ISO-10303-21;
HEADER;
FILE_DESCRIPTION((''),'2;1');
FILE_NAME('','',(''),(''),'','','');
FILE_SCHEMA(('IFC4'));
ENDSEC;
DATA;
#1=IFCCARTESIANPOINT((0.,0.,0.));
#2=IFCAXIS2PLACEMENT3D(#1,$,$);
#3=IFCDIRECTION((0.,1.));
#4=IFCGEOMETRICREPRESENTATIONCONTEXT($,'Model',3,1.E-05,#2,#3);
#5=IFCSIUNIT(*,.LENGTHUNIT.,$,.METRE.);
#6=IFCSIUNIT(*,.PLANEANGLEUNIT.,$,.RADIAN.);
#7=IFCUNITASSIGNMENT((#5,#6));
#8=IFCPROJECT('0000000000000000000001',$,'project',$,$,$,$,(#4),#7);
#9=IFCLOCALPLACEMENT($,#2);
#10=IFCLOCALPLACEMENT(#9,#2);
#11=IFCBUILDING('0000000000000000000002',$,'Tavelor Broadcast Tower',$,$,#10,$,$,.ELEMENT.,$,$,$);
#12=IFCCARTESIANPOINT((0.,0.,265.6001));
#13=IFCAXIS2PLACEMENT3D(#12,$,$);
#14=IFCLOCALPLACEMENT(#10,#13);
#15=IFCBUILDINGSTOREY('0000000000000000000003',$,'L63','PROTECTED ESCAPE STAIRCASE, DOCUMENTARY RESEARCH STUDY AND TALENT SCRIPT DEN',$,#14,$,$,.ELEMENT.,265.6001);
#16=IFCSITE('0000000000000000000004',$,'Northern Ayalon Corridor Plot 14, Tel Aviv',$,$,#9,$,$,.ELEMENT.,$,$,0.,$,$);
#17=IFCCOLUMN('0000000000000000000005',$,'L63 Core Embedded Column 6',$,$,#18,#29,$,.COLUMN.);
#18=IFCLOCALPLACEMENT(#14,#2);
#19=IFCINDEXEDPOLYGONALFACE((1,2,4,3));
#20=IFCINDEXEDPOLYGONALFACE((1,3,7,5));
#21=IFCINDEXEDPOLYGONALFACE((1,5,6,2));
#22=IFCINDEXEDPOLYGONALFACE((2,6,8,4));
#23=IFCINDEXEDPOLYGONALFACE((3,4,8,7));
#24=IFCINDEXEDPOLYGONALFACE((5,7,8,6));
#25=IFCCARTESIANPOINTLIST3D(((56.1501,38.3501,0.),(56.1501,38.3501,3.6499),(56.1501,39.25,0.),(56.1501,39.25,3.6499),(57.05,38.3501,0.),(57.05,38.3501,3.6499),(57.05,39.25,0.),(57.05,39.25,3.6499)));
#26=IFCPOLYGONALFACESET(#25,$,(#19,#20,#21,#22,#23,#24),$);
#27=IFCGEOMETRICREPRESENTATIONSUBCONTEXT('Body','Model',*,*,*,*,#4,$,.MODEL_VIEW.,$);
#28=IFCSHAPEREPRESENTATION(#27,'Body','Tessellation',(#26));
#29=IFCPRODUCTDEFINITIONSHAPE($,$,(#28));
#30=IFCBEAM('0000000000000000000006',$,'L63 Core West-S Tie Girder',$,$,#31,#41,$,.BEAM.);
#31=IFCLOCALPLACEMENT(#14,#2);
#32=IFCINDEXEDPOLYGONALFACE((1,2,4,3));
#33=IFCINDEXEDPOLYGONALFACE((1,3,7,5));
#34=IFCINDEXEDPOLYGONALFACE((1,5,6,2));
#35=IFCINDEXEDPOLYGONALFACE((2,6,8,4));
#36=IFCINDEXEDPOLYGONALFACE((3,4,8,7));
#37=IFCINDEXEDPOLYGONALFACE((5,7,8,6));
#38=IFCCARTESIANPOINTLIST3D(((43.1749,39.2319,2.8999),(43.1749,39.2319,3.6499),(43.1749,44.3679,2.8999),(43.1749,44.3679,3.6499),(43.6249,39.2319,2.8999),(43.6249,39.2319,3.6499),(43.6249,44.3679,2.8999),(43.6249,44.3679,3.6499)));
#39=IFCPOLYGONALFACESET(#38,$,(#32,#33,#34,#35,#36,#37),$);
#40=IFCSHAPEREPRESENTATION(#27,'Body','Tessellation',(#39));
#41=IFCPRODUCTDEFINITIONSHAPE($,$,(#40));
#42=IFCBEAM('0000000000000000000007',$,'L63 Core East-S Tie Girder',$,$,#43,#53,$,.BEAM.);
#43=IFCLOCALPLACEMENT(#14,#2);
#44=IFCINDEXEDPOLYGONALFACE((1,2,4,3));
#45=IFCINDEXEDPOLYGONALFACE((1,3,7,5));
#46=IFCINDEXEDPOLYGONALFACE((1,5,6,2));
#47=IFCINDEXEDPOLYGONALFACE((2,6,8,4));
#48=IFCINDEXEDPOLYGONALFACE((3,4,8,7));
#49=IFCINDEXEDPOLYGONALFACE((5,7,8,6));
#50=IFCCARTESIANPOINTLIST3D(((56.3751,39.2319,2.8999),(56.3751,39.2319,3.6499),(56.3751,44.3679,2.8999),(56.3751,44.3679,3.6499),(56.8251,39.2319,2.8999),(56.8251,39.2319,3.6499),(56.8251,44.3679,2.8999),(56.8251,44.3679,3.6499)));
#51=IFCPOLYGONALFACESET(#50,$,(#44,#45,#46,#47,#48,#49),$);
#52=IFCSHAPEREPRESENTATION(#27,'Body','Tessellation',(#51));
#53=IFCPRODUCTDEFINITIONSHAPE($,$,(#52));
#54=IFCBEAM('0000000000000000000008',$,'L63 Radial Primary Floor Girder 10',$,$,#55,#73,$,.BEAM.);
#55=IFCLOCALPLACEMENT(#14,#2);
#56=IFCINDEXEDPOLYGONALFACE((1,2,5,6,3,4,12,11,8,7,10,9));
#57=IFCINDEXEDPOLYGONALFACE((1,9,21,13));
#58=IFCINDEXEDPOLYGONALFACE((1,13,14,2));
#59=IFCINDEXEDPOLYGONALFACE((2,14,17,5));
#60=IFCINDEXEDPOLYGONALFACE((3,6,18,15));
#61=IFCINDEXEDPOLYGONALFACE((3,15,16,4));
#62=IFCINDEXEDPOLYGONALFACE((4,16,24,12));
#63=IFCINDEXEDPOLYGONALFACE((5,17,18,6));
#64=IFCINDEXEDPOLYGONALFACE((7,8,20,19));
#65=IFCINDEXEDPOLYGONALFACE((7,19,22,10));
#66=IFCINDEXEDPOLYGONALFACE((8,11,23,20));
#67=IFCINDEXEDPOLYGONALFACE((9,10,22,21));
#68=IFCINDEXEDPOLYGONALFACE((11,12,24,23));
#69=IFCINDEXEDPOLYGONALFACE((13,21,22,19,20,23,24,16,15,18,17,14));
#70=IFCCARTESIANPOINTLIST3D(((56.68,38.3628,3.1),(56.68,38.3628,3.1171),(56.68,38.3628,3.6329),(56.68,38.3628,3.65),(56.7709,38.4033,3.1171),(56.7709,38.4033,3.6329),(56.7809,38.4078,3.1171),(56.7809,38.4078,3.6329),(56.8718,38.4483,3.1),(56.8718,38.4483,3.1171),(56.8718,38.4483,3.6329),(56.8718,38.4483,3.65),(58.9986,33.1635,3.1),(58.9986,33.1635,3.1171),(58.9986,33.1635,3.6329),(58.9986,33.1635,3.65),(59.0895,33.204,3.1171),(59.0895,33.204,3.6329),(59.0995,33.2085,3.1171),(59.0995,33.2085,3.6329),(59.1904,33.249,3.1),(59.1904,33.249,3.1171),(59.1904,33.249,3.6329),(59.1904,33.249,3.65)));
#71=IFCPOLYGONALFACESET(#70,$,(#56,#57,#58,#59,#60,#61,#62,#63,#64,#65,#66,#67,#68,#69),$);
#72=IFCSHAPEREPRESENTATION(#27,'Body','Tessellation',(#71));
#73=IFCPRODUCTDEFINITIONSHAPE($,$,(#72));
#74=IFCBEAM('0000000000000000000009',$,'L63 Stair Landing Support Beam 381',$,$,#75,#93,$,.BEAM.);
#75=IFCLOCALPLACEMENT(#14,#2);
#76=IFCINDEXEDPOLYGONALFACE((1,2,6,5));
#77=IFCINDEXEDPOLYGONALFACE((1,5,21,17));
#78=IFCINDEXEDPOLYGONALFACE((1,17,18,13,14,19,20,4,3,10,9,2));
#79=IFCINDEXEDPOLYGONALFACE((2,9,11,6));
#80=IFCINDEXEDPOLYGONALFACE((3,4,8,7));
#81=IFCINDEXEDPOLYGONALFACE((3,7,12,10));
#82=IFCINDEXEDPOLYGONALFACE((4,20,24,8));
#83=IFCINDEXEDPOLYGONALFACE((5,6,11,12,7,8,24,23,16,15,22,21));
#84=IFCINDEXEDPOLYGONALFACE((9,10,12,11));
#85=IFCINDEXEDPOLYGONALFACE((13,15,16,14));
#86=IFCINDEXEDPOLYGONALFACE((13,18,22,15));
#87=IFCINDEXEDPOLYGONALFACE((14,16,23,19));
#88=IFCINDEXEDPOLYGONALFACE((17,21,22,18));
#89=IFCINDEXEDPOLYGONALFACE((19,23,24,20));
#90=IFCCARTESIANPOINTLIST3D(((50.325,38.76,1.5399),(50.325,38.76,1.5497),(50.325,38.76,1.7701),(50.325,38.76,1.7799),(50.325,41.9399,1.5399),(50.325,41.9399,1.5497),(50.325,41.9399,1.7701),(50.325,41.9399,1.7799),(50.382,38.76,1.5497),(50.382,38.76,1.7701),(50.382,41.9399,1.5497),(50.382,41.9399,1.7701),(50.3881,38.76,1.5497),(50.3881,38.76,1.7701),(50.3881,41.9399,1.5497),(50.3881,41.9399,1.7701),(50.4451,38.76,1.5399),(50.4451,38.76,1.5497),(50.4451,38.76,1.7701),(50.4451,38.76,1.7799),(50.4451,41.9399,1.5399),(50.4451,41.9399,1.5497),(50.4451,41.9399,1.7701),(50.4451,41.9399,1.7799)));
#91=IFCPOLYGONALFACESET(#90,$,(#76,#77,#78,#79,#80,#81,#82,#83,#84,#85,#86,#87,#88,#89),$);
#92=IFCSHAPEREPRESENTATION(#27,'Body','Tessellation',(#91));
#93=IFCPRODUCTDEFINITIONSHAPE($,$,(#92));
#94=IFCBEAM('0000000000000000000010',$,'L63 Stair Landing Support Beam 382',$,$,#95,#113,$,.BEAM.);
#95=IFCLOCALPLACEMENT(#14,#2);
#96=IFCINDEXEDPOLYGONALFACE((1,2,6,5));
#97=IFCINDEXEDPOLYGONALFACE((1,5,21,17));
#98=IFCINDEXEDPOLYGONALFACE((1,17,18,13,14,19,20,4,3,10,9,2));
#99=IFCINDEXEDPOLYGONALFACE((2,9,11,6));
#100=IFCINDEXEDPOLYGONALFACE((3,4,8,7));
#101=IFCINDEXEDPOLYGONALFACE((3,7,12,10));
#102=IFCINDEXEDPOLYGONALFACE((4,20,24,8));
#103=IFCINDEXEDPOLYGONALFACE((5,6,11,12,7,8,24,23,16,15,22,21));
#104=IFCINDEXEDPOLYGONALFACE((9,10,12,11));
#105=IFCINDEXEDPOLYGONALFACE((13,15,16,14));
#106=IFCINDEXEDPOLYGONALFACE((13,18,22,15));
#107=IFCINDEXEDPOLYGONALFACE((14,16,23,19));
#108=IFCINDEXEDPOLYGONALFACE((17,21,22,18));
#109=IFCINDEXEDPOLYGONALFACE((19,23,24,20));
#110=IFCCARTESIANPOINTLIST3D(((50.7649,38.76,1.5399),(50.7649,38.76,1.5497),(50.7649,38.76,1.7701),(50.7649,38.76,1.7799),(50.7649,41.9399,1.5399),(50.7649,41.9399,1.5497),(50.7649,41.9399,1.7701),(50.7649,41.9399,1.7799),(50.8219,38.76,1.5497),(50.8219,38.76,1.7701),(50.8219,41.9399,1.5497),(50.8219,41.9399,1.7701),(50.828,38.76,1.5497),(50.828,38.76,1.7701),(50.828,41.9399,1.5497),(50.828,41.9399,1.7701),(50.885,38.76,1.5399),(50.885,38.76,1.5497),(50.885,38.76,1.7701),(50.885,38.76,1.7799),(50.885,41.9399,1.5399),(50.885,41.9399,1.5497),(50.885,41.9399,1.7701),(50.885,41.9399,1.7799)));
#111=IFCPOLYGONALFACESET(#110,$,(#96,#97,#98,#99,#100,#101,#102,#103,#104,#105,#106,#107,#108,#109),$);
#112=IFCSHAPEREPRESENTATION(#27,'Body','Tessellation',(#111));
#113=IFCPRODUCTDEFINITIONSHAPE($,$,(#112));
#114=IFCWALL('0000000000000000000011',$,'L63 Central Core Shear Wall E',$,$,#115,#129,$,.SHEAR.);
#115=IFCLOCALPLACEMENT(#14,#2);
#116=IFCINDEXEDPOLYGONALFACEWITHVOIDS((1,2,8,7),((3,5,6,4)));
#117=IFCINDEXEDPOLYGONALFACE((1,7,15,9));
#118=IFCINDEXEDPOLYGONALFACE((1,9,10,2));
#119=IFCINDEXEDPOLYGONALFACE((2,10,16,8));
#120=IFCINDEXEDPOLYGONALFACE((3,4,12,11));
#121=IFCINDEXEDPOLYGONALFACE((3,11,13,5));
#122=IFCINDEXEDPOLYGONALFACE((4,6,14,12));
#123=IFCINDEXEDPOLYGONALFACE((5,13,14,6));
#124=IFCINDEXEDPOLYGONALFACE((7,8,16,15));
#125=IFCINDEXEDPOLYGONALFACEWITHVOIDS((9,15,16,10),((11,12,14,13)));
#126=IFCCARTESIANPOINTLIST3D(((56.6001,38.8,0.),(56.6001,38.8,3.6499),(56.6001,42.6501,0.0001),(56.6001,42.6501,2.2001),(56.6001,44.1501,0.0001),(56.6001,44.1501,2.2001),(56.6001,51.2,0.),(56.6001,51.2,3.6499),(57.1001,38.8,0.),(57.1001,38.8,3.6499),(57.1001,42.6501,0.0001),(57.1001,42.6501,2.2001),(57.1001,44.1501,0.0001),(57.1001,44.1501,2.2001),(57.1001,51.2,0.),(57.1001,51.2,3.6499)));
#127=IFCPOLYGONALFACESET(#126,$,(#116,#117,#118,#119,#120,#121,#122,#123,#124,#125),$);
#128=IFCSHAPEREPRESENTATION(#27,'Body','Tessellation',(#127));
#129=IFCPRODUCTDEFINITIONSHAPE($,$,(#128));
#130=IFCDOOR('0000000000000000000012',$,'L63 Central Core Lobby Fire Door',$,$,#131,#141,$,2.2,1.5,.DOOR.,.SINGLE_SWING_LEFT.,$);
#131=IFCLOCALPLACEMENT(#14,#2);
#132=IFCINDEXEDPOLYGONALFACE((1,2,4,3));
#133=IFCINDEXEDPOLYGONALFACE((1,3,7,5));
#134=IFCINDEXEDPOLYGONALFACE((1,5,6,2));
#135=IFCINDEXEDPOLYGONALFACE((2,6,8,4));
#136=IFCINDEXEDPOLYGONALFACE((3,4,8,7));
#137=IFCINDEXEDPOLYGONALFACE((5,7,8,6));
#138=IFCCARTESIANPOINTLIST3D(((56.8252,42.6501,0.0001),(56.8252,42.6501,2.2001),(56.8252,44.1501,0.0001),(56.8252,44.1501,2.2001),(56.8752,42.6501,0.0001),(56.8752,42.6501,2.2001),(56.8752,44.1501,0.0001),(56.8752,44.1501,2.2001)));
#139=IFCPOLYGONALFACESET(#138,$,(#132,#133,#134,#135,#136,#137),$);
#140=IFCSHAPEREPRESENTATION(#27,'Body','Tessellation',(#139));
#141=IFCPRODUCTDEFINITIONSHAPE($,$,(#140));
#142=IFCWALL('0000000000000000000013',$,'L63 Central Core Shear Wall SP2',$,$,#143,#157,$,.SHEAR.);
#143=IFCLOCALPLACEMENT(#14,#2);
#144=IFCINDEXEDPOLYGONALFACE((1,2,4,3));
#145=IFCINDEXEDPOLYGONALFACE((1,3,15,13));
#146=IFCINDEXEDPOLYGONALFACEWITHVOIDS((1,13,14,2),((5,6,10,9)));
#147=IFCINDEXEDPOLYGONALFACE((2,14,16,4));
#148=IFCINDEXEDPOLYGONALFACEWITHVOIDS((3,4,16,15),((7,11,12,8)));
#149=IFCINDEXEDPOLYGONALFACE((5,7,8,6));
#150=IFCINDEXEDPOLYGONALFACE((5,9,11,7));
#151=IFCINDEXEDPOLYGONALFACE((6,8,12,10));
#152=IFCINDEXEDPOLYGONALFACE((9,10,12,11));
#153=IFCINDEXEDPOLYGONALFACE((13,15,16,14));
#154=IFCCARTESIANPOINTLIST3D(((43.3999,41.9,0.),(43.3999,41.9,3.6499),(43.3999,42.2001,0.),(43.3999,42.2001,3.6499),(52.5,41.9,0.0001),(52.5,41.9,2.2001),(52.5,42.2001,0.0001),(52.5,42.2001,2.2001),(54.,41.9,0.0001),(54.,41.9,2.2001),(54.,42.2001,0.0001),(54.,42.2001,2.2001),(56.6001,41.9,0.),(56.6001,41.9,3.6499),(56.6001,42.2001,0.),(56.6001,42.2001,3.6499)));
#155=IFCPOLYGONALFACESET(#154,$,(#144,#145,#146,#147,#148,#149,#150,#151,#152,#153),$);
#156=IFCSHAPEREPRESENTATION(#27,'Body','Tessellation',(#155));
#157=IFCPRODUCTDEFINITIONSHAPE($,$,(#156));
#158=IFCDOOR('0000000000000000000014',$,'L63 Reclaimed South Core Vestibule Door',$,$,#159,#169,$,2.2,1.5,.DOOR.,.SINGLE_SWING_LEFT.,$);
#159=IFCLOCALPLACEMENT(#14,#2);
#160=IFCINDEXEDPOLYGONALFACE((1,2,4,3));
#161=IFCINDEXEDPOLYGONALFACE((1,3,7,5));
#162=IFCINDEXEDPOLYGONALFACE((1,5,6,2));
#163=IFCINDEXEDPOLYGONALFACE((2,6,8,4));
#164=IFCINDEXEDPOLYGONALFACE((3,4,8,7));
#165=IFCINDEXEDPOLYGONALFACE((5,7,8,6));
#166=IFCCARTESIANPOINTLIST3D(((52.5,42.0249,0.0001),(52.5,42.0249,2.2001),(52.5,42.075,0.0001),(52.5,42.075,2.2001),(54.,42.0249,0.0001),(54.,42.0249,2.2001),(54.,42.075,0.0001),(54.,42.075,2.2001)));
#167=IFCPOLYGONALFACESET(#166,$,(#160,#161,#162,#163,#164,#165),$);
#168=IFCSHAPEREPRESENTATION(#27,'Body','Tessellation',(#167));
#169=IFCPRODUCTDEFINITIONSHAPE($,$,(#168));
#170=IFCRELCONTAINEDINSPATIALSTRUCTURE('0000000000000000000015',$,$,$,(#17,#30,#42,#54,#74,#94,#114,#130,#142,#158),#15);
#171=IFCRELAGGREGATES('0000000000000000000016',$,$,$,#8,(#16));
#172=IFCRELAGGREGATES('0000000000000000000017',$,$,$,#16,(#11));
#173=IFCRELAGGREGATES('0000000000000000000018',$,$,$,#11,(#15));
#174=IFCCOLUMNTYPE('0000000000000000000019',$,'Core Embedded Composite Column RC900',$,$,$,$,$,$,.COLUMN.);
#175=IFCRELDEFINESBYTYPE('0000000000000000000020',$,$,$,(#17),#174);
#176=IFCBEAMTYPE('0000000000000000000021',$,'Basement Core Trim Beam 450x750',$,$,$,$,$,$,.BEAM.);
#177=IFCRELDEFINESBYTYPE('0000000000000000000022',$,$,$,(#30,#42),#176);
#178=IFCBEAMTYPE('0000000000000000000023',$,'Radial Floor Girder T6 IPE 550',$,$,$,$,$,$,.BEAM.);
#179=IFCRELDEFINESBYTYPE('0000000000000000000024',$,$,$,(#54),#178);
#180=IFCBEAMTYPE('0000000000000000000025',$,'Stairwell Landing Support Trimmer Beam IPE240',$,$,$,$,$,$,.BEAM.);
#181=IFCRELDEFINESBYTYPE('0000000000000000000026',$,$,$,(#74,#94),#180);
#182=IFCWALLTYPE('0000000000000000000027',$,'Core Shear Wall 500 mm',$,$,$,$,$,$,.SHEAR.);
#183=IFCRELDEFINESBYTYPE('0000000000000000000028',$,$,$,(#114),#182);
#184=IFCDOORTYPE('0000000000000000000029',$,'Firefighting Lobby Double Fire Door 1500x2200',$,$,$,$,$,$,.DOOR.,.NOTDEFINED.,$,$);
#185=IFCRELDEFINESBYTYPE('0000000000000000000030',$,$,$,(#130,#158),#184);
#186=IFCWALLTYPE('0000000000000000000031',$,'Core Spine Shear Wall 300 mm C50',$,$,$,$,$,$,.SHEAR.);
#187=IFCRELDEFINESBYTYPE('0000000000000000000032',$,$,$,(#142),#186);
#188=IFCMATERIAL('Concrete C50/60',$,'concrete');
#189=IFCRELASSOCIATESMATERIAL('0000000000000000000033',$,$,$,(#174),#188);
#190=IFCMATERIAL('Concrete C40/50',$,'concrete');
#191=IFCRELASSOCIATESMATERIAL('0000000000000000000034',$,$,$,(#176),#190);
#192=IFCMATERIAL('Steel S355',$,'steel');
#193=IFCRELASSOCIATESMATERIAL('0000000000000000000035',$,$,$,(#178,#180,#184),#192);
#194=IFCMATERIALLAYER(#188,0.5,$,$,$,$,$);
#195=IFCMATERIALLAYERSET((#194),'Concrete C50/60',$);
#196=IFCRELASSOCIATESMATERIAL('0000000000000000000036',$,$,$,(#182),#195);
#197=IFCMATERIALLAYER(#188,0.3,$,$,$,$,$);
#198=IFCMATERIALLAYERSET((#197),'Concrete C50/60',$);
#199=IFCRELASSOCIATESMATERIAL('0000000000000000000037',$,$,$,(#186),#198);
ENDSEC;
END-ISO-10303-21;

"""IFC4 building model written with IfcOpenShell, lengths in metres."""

from ifc_helpers import new_model, si_unit, direction, frame, frame_2d, origin, origin_2d, place, context, subcontext, project, spatial, rectangle, i_section, extrude, material, layer, layer_set, material_profile, profile_set, type_object, element, fill, save


model = new_model("IFC4")

# Units and contexts
model_context = context("Model", 3, precision=1e-05, world=origin(), true_north=direction((0.0, 1.0)))
body_context = subcontext(model_context, "Body", "Model", "MODEL_VIEW")
ifc_project = project(units=[si_unit("LENGTHUNIT", "METRE"), si_unit("PLANEANGLEUNIT", "RADIAN")], contexts=[model_context])

# Site, building, storey
site_placement = place(None, origin())
site = spatial("IfcSite", under=ifc_project, at=site_placement, Name="Northern Ayalon Corridor Plot 14, Tel Aviv", CompositionType="ELEMENT", RefElevation=0.0)
building_placement = place(site_placement, origin())
building = spatial("IfcBuilding", under=site, at=building_placement, Name="Tavelor Broadcast Tower", CompositionType="ELEMENT")
storey_placement = place(building_placement, frame((0.0, 0.0, 265.6001)))
storey = spatial("IfcBuildingStorey", under=building, at=storey_placement, Name="L63", Description="PROTECTED ESCAPE STAIRCASE, DOCUMENTARY RESEARCH STUDY AND TALENT SCRIPT DEN", CompositionType="ELEMENT", Elevation=265.6001)

# Column
ifc_material_1 = material(Name="Concrete C50/60", Category="concrete")
ifc_material_profile_1 = material_profile(ifc_material_1, rectangle(XDim=0.8999, YDim=0.8999, at=origin_2d()), Name="RC 900x900")
ifc_profile_set_1 = profile_set([ifc_material_profile_1], Name="Concrete C50/60")
column_type = type_object("IfcColumnType", Name="Core Embedded Composite Column RC900", PredefinedType="COLUMN", material=ifc_profile_set_1)
column_placement = place(storey_placement, frame((56.6001, 38.8, 0.0), z_axis=(0.0, 0.0, 1.0), x_axis=(1.0, 0.0, 0.0)))
element("IfcColumn", 1, at=column_placement, inside=storey, type_object=column_type, Name="L63 Core Embedded Column 6", PredefinedType="COLUMN", context=body_context, shape_type="SweptSolid", body=[
    extrude(rectangle(XDim=0.8999, YDim=0.8999, at=origin_2d()), origin(), (0.0, 0.0, 1.0), 3.6499),
])

# Beams
ifc_material_2 = material(Name="Concrete C40/50", Category="concrete")
ifc_material_profile_2 = material_profile(ifc_material_2, rectangle(XDim=0.45, YDim=0.75, at=origin_2d()), Name="RC 450x750")
ifc_profile_set_2 = profile_set([ifc_material_profile_2], Name="Concrete C40/50")
beam_type_1 = type_object("IfcBeamType", Name="Basement Core Trim Beam 450x750", PredefinedType="BEAM", material=ifc_profile_set_2)
for number, where, z_axis, x_axis, name in (
    (2, (43.3999, 39.2319, 3.2749), (0.0, 1.0, 0.0), (-1.0, 0.0, 0.0), "L63 Core West-S Tie Girder"),
    (3, (56.6001, 39.2319, 3.2749), (0.0, 1.0, 0.0), (-1.0, 0.0, 0.0), "L63 Core East-S Tie Girder"),
):
    element("IfcBeam", number, at=place(storey_placement, frame(where, z_axis=z_axis, x_axis=x_axis)), inside=storey, type_object=beam_type_1, Name=name, PredefinedType="BEAM", context=body_context, shape_type="SweptSolid", body=[
        extrude(rectangle(XDim=0.45, YDim=0.75, at=origin_2d()), origin(), (0.0, 0.0, 1.0), 5.136),
    ])
ifc_material_3 = material(Name="Steel S355", Category="steel")
ifc_material_profile_3 = material_profile(ifc_material_3, i_section(OverallWidth=0.21, OverallDepth=0.55, WebThickness=0.011, FlangeThickness=0.0171, at=origin_2d()), Name="IPE 550")
ifc_profile_set_3 = profile_set([ifc_material_profile_3], Name="Steel S355")
beam_type_2 = type_object("IfcBeamType", Name="Radial Floor Girder T6 IPE 550", PredefinedType="BEAM", material=ifc_profile_set_3)
beam_placement = place(storey_placement, frame((56.7759, 38.4055, 3.375), z_axis=(0.407288, -0.9133, 0.0), x_axis=(0.9133, 0.407288, 0.0)))
element("IfcBeam", 4, at=beam_placement, inside=storey, type_object=beam_type_2, Name="L63 Radial Primary Floor Girder 10", PredefinedType="BEAM", context=body_context, shape_type="SweptSolid", body=[
    extrude(i_section(OverallWidth=0.21, OverallDepth=0.55, WebThickness=0.011, FlangeThickness=0.0171, at=origin_2d()), origin(), (0.0, 0.0, 1.0), 5.6929),
])
ifc_material_profile_4 = material_profile(ifc_material_3, i_section(OverallWidth=0.1201, OverallDepth=0.24, WebThickness=0.0061, FlangeThickness=0.0098, at=origin_2d()), Name="IPE 240")
ifc_profile_set_4 = profile_set([ifc_material_profile_4], Name="Steel S355")
beam_type_3 = type_object("IfcBeamType", Name="Stairwell Landing Support Trimmer Beam IPE240", PredefinedType="BEAM", material=ifc_profile_set_4)
for number, where, z_axis, x_axis, name in (
    (5, (50.385, 38.76, 1.6599), (0.0, 1.0, 0.0), (-1.0, 0.0, 0.0), "L63 Stair Landing Support Beam 381"),
    (6, (50.825, 38.76, 1.6599), (0.0, 1.0, 0.0), (-1.0, 0.0, 0.0), "L63 Stair Landing Support Beam 382"),
):
    element("IfcBeam", number, at=place(storey_placement, frame(where, z_axis=z_axis, x_axis=x_axis)), inside=storey, type_object=beam_type_3, Name=name, PredefinedType="BEAM", context=body_context, shape_type="SweptSolid", body=[
        extrude(i_section(OverallWidth=0.1201, OverallDepth=0.24, WebThickness=0.0061, FlangeThickness=0.0098, at=origin_2d()), origin(), (0.0, 0.0, 1.0), 3.1799),
    ])

# Walls, openings, doors
ifc_layer_1 = layer(ifc_material_1, 0.5)
ifc_layer_set_1 = layer_set([ifc_layer_1], Name="Concrete C50/60")
wall_type_1 = type_object("IfcWallType", Name="Core Shear Wall 500 mm", PredefinedType="SHEAR", material=ifc_layer_set_1)
wall_1_placement = place(storey_placement, frame((56.8501, 38.8, 0.0), z_axis=(0.0, 0.0, 1.0), x_axis=(0.0, 1.0, 0.0)))
wall_1 = element("IfcWall", 7, at=wall_1_placement, inside=storey, type_object=wall_type_1, Name="L63 Central Core Shear Wall E", PredefinedType="SHEAR", context=body_context, shape_type="SweptSolid", body=[
    extrude(rectangle(XDim=12.3999, YDim=0.5, at=frame_2d((6.2, 0.0))), origin(), (0.0, 0.0, 1.0), 3.6499),
])
opening_1_placement = place(wall_1_placement, frame((3.8501, 0.0, 0.0)))
opening_1 = element("IfcOpeningElement", 8, at=opening_1_placement, cuts=wall_1, PredefinedType="OPENING", context=body_context, shape_type="SweptSolid", body=[
    extrude(rectangle(XDim=1.5, YDim=2.2, at=frame_2d((0.75, 1.1001))), frame((0.0, 0.26, 0.0), z_axis=(0.0, -1.0, 0.0), x_axis=(1.0, 0.0, 0.0)), (0.0, 0.0, 1.0), 0.52),
])
door_type_1 = type_object("IfcDoorType", Name="Firefighting Lobby Double Fire Door 1500x2200", OperationType="NOTDEFINED", PredefinedType="DOOR", material=ifc_material_3)
door_1_placement = place(opening_1_placement, origin())
door_1 = element("IfcDoor", 9, at=door_1_placement, inside=storey, type_object=door_type_1, Name="L63 Central Core Lobby Fire Door", OperationType="SINGLE_SWING_LEFT", OverallHeight=2.2, OverallWidth=1.5, PredefinedType="DOOR", context=body_context, shape_type="SweptSolid", body=[
    extrude(rectangle(XDim=1.5, YDim=2.2, at=frame_2d((0.75, 1.1001))), frame((0.0, 0.0249, 0.0), z_axis=(0.0, -1.0, 0.0), x_axis=(1.0, 0.0, 0.0)), (0.0, 0.0, 1.0), 0.05),
])
fill(opening_1, door_1)
ifc_layer_2 = layer(ifc_material_1, 0.3)
ifc_layer_set_2 = layer_set([ifc_layer_2], Name="Concrete C50/60")
wall_type_2 = type_object("IfcWallType", Name="Core Spine Shear Wall 300 mm C50", PredefinedType="SHEAR", material=ifc_layer_set_2)
wall_2_placement = place(storey_placement, frame((43.3999, 42.05, 0.0), z_axis=(0.0, 0.0, 1.0), x_axis=(1.0, 0.0, 0.0)))
wall_2 = element("IfcWall", 10, at=wall_2_placement, inside=storey, type_object=wall_type_2, Name="L63 Central Core Shear Wall SP2", PredefinedType="SHEAR", context=body_context, shape_type="SweptSolid", body=[
    extrude(rectangle(XDim=13.2002, YDim=0.3, at=frame_2d((6.6001, 0.0))), origin(), (0.0, 0.0, 1.0), 3.6499),
])
opening_2_placement = place(wall_2_placement, frame((9.1001, 0.0, 0.0)))
opening_2 = element("IfcOpeningElement", 11, at=opening_2_placement, cuts=wall_2, PredefinedType="OPENING", context=body_context, shape_type="SweptSolid", body=[
    extrude(rectangle(XDim=1.5, YDim=2.2, at=frame_2d((0.75, 1.1001))), frame((0.0, 0.1602, 0.0), z_axis=(0.0, -1.0, 0.0), x_axis=(1.0, 0.0, 0.0)), (0.0, 0.0, 1.0), 0.3201),
])
door_2_placement = place(opening_2_placement, origin())
door_2 = element("IfcDoor", 12, at=door_2_placement, inside=storey, type_object=door_type_1, Name="L63 Reclaimed South Core Vestibule Door", OperationType="SINGLE_SWING_LEFT", OverallHeight=2.2, OverallWidth=1.5, PredefinedType="DOOR", context=body_context, shape_type="SweptSolid", body=[
    extrude(rectangle(XDim=1.5, YDim=2.2, at=frame_2d((0.75, 1.1001))), frame((0.0, 0.0249, 0.0), z_axis=(0.0, -1.0, 0.0), x_axis=(1.0, 0.0, 0.0)), (0.0, 0.0, 1.0), 0.05),
])
fill(opening_2, door_2)

save(model, "model.ifc")
